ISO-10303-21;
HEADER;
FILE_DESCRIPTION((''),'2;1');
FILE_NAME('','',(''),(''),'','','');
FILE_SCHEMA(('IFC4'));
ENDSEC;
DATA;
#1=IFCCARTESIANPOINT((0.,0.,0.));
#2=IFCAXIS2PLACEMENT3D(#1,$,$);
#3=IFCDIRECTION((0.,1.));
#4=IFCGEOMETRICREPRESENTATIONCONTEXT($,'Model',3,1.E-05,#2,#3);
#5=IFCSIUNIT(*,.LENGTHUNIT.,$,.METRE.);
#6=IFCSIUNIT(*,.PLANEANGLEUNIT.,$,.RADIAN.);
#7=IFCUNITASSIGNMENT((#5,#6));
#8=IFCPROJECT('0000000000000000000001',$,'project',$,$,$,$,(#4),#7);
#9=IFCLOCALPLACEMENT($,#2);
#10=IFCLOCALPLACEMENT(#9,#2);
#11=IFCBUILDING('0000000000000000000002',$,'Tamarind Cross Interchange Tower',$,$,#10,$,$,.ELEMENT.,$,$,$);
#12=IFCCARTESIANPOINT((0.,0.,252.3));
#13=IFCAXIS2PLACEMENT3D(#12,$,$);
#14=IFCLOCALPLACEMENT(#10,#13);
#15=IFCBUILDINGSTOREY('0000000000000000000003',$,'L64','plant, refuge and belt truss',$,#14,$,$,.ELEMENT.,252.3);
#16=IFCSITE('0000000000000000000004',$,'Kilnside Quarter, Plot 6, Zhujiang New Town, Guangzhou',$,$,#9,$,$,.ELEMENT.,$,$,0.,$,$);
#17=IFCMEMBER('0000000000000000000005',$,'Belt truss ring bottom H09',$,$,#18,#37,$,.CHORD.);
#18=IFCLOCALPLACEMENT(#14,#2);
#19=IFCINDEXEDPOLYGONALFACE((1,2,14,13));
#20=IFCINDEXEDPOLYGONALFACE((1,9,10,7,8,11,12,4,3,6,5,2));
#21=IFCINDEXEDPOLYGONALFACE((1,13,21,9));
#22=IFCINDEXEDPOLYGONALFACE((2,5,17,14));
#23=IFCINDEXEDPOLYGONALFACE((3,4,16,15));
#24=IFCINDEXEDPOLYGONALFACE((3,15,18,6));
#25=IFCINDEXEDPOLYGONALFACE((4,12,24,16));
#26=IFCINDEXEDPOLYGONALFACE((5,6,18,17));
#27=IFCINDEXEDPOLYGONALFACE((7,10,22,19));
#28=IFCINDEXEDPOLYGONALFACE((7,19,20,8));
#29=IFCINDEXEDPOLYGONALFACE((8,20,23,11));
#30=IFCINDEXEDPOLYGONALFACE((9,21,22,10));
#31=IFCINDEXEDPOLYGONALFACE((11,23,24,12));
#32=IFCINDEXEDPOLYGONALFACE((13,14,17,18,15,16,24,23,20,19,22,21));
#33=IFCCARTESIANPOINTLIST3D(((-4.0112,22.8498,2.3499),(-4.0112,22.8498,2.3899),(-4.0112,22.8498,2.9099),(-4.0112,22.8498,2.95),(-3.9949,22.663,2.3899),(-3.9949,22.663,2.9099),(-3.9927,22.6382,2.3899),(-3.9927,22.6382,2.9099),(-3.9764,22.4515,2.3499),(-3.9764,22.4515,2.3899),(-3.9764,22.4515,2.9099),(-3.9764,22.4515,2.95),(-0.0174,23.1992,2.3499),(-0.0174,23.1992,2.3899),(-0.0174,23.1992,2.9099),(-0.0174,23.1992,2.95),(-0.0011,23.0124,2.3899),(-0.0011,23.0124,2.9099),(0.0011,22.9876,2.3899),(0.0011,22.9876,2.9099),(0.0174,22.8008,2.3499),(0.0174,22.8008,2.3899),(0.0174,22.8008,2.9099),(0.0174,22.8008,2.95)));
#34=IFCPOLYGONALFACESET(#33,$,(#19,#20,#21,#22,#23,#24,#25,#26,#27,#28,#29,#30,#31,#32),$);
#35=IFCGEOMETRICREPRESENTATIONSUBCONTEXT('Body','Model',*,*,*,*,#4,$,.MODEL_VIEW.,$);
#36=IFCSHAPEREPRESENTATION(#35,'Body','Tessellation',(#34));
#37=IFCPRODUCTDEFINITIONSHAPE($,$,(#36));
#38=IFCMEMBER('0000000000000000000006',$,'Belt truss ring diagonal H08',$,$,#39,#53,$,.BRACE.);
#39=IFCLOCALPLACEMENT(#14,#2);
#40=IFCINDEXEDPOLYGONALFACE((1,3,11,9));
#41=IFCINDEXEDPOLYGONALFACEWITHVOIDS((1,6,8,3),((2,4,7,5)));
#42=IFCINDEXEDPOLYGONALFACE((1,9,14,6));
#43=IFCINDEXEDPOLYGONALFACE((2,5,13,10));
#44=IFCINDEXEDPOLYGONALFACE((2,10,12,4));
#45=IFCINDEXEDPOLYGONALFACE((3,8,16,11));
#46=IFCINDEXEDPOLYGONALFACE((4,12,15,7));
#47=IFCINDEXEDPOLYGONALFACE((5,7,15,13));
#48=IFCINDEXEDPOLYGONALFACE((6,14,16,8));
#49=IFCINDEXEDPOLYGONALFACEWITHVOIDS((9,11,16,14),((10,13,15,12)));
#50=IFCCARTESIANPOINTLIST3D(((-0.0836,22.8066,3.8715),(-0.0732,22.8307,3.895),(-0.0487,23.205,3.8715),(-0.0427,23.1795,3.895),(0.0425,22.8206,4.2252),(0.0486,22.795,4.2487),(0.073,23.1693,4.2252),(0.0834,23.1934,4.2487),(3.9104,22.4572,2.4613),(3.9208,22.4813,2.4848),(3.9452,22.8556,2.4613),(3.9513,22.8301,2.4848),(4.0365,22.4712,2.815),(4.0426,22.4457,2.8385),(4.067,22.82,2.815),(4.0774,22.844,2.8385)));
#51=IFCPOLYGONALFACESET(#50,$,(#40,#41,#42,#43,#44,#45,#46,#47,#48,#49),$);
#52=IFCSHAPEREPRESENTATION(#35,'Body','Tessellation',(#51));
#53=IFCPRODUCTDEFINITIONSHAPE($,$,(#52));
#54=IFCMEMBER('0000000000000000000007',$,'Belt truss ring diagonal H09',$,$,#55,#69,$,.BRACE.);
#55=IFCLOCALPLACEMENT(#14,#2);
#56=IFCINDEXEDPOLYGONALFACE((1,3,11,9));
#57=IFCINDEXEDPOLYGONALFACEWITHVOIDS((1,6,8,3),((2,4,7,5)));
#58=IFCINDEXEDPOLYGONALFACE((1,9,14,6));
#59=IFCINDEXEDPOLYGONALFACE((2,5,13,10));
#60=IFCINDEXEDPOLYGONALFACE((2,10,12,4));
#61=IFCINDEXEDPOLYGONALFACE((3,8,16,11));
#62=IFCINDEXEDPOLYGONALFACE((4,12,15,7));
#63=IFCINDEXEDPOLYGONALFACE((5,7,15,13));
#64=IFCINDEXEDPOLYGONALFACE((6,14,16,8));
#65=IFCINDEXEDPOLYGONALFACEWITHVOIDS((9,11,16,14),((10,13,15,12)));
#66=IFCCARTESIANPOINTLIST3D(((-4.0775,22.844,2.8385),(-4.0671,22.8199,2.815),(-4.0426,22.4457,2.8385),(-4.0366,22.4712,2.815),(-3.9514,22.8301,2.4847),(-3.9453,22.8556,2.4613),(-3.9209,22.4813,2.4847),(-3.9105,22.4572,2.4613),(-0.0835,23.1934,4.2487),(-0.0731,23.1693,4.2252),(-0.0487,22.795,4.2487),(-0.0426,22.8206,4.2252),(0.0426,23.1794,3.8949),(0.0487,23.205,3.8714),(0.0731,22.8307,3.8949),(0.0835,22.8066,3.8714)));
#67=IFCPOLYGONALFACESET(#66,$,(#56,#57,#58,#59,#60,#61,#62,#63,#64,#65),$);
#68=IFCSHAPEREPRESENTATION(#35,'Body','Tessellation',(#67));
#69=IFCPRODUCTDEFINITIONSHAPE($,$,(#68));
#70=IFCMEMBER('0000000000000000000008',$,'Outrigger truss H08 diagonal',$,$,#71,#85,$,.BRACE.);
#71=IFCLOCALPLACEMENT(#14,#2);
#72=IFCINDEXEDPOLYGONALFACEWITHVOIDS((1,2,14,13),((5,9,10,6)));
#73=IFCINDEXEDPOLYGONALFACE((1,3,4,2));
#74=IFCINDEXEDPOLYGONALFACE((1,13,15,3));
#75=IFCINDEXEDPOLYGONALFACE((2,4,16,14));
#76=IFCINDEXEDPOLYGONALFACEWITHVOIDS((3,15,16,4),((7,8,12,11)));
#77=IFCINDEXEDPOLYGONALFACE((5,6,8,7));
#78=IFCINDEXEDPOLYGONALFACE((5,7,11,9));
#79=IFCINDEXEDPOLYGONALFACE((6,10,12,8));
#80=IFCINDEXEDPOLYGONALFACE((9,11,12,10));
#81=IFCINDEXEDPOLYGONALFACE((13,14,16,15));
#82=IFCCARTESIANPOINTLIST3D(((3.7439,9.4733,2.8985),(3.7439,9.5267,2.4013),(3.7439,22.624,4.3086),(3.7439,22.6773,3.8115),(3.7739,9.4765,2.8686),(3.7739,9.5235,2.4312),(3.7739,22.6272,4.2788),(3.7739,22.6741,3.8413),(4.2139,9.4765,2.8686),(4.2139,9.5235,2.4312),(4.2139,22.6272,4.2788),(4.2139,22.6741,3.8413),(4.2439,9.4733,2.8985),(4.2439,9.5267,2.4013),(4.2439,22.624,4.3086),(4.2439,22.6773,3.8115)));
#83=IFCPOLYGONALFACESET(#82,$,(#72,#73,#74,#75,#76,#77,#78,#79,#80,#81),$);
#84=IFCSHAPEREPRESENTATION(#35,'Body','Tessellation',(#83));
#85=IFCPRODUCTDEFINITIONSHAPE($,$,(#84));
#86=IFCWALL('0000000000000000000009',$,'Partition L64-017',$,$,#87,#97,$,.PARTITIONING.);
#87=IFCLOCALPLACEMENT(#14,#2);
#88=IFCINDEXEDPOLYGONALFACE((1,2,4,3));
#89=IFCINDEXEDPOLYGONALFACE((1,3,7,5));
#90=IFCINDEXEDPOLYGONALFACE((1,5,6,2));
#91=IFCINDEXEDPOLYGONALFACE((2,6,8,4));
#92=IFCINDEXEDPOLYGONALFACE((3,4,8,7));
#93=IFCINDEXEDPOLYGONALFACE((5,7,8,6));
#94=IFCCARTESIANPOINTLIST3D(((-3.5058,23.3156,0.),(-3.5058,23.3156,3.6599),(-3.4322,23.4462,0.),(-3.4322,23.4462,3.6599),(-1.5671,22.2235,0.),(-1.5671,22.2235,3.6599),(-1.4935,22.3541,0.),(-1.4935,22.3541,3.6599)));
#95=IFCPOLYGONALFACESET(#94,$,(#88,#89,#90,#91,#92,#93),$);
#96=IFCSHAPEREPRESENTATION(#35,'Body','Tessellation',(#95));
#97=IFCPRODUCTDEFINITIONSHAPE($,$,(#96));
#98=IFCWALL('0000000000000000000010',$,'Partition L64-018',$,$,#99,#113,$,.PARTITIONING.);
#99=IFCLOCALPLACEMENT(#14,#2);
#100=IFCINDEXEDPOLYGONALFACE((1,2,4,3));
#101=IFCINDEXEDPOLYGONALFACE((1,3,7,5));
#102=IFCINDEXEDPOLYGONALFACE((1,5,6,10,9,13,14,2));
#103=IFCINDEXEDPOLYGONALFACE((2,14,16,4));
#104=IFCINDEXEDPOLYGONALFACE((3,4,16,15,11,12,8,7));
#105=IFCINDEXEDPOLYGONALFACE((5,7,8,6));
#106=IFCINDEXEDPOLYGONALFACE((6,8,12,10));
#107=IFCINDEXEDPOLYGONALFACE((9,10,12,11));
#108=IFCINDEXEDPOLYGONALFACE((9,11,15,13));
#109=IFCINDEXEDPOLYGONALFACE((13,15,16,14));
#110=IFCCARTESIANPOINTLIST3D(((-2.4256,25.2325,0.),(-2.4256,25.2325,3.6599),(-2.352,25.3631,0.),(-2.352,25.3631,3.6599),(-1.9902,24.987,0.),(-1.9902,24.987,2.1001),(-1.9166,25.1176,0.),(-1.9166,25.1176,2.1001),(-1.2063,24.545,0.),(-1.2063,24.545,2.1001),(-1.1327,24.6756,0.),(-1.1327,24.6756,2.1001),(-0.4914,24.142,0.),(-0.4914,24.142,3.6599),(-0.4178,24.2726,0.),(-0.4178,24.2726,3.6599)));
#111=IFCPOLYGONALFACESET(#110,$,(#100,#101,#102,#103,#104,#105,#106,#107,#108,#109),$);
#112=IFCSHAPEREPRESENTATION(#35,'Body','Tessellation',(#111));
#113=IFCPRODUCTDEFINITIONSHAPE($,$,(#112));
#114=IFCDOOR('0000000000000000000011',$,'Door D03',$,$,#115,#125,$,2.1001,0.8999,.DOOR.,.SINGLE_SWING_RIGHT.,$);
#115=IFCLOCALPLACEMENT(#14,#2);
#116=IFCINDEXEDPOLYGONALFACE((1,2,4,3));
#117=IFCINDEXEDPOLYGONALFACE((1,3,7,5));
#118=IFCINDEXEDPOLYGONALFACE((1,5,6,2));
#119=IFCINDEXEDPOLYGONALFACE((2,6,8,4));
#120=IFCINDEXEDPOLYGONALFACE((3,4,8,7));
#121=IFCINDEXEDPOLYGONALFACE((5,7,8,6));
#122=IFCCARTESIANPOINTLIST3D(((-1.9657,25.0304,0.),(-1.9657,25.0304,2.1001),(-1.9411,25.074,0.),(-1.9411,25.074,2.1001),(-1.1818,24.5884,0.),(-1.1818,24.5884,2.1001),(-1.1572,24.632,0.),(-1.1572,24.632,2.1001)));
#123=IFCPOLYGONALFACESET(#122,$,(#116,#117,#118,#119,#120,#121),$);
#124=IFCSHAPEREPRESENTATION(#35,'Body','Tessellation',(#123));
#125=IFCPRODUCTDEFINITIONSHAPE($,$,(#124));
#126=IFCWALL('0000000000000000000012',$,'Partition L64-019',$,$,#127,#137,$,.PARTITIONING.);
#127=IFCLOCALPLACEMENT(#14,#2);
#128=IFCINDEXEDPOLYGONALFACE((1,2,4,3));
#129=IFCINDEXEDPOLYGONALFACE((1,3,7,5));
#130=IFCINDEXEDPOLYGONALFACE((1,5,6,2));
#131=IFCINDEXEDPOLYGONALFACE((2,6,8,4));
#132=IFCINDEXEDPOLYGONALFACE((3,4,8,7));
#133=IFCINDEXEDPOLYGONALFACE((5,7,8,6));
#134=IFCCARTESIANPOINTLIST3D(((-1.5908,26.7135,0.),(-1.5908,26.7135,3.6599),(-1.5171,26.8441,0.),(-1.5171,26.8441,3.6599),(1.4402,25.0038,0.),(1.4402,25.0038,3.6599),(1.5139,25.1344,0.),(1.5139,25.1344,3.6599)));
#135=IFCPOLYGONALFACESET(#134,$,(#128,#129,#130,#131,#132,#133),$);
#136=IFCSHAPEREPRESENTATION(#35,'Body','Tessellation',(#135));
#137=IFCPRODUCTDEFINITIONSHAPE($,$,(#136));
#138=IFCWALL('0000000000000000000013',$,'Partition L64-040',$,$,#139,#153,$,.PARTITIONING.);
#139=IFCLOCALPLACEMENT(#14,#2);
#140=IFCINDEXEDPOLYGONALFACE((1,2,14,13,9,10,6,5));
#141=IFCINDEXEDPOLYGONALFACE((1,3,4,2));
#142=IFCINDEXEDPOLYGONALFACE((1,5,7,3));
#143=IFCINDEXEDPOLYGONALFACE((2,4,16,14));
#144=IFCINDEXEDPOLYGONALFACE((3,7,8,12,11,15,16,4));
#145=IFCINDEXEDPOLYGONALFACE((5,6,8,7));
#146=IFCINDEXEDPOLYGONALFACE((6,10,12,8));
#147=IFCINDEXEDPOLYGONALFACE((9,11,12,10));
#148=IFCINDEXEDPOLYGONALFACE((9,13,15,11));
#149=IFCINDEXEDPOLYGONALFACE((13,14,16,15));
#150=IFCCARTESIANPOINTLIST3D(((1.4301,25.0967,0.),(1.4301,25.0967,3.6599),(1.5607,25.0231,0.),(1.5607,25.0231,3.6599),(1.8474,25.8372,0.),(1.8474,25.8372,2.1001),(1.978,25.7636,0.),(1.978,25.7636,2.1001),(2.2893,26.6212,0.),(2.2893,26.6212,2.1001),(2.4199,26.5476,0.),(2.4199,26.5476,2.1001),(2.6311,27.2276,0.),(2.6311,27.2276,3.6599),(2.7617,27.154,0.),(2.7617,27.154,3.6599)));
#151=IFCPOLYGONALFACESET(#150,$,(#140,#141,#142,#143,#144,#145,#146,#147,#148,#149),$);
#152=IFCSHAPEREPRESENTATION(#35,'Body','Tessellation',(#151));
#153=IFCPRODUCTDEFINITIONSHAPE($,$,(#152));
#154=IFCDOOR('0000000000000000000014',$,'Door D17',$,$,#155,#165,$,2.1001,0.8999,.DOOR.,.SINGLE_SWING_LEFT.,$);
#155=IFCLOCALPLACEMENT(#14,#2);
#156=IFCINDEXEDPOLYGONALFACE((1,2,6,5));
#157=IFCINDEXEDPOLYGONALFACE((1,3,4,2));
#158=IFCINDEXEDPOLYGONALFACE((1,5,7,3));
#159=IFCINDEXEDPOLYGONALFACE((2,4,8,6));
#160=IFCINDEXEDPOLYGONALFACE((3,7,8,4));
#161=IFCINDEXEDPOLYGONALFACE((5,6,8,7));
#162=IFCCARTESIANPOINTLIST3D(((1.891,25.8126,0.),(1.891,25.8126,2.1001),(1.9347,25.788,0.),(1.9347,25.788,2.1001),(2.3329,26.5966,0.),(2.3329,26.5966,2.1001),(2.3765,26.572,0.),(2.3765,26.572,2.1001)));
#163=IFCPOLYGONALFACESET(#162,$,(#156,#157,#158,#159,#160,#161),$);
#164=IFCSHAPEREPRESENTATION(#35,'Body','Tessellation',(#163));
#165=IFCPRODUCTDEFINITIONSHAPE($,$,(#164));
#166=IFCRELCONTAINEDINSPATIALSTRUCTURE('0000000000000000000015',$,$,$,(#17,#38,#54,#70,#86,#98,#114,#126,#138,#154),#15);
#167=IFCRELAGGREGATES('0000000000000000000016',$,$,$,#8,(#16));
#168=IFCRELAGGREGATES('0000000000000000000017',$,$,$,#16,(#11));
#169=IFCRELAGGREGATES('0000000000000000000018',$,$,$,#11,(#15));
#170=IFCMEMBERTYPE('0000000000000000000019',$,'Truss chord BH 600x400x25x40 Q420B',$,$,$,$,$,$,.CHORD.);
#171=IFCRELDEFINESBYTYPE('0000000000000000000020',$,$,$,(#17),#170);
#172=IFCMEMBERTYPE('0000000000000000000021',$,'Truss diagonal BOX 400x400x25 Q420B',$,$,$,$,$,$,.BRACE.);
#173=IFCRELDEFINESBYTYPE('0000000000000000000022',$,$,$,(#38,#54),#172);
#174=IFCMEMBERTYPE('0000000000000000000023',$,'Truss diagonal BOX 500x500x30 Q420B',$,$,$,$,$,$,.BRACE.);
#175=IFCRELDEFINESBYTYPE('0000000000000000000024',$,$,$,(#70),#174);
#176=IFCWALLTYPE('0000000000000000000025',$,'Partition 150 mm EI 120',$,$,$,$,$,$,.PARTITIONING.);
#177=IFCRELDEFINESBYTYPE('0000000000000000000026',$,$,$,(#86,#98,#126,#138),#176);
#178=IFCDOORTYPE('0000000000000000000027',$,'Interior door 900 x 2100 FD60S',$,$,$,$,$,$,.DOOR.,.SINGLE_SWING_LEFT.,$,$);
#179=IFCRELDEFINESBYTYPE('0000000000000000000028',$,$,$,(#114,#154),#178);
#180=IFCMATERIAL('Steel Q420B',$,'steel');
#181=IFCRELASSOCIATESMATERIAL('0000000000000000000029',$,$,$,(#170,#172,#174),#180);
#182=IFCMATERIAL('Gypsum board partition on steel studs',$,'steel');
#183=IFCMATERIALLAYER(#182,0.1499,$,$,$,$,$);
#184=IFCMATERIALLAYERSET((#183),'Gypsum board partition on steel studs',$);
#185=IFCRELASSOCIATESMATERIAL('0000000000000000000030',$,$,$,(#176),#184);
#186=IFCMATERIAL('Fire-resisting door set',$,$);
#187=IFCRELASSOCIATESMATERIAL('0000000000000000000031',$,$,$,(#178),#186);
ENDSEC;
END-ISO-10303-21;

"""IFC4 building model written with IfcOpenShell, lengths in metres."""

from ifc_helpers import new_model, si_unit, direction, frame, frame_2d, origin, origin_2d, place, context, subcontext, project, spatial, rectangle, hollow_rectangle, i_section, extrude, material, layer, layer_set, material_profile, profile_set, type_object, element, fill, save


model = new_model("IFC4")

# Units and contexts
model_context = context("Model", 3, precision=1e-05, world=origin(), true_north=direction((0.0, 1.0)))
body_context = subcontext(model_context, "Body", "Model", "MODEL_VIEW")
ifc_project = project(units=[si_unit("LENGTHUNIT", "METRE"), si_unit("PLANEANGLEUNIT", "RADIAN")], contexts=[model_context])

# Site, building, storey
site_placement = place(None, origin())
site = spatial("IfcSite", under=ifc_project, at=site_placement, Name="Kilnside Quarter, Plot 6, Zhujiang New Town, Guangzhou", CompositionType="ELEMENT", RefElevation=0.0)
building_placement = place(site_placement, origin())
building = spatial("IfcBuilding", under=site, at=building_placement, Name="Tamarind Cross Interchange Tower", CompositionType="ELEMENT")
storey_placement = place(building_placement, frame((0.0, 0.0, 252.3)))
storey = spatial("IfcBuildingStorey", under=building, at=storey_placement, Name="L64", Description="plant, refuge and belt truss", CompositionType="ELEMENT", Elevation=252.3)

# Members
ifc_material_1 = material(Name="Steel Q420B", Category="steel")
ifc_material_profile_1 = material_profile(ifc_material_1, i_section(OverallWidth=0.3999, OverallDepth=0.6001, WebThickness=0.0249, FlangeThickness=0.04, at=origin_2d()), Name="BH 600x400x25x40")
ifc_profile_set_1 = profile_set([ifc_material_profile_1], Name="Steel Q420B")
member_type_1 = type_object("IfcMemberType", Name="Truss chord BH 600x400x25x40 Q420B", PredefinedType="CHORD", material=ifc_profile_set_1)
for number, where, z_axis, x_axis, name in (
    (1, (0.0, 23.0, 2.6499), (-0.996196, -0.087142, 0.0), (0.087142, -0.996196, 0.0), "Belt truss ring bottom H09"),
):
    element("IfcMember", number, at=place(storey_placement, frame(where, z_axis=z_axis, x_axis=x_axis)), inside=storey, type_object=member_type_1, Name=name, PredefinedType="CHORD", context=body_context, shape_type="SweptSolid", body=[
        extrude(i_section(OverallWidth=0.3999, OverallDepth=0.6001, WebThickness=0.0249, FlangeThickness=0.04, at=origin_2d()), origin(), (0.0, 0.0, 1.0), 4.009),
    ])
ifc_material_profile_2 = material_profile(ifc_material_1, hollow_rectangle(XDim=0.3999, YDim=0.3999, WallThickness=0.0249, at=origin_2d()), Name="BOX 400x400x25")
ifc_profile_set_2 = profile_set([ifc_material_profile_2], Name="Steel Q420B")
member_type_2 = type_object("IfcMemberType", Name="Truss diagonal BOX 400x400x25 Q420B", PredefinedType="BRACE", material=ifc_profile_set_2)
for number, where, z_axis, x_axis, name in (
    (2, (3.9939, 22.6506, 2.6499), (-0.939758, 0.082205, 0.331808), (-0.087142, -0.996196, 0.0), "Belt truss ring diagonal H08"),
    (3, (0.0, 23.0, 4.0601), (-0.939758, -0.082205, -0.331808), (0.087142, -0.996196, 0.0), "Belt truss ring diagonal H09"),
):
    element("IfcMember", number, at=place(storey_placement, frame(where, z_axis=z_axis, x_axis=x_axis)), inside=storey, type_object=member_type_2, Name=name, PredefinedType="BRACE", context=body_context, shape_type="SweptSolid", body=[
        extrude(hollow_rectangle(XDim=0.3999, YDim=0.3999, WallThickness=0.0249, at=origin_2d()), origin(), (0.0, 0.0, 1.0), 4.25),
    ])
ifc_material_profile_3 = material_profile(ifc_material_1, hollow_rectangle(XDim=0.5, YDim=0.5, WallThickness=0.03, at=origin_2d()), Name="BOX 500x500x30")
ifc_profile_set_3 = profile_set([ifc_material_profile_3], Name="Steel Q420B")
member_type_3 = type_object("IfcMemberType", Name="Truss diagonal BOX 500x500x30 Q420B", PredefinedType="BRACE", material=ifc_profile_set_3)
member_1_placement = place(storey_placement, frame((3.9939, 9.5, 2.6499), z_axis=(0.0, 0.9943, 0.10662), x_axis=(-1.0, 0.0, 0.0)))
element("IfcMember", 4, at=member_1_placement, inside=storey, type_object=member_type_3, Name="Outrigger truss H08 diagonal", PredefinedType="BRACE", context=body_context, shape_type="SweptSolid", body=[
    extrude(hollow_rectangle(XDim=0.5, YDim=0.5, WallThickness=0.03, at=origin_2d()), origin(), (0.0, 0.0, 1.0), 13.2261),
])

# Wall
ifc_material_2 = material(Name="Gypsum board partition on steel studs", Category="steel")
ifc_layer_1 = layer(ifc_material_2, 0.1499)
ifc_layer_set_1 = layer_set([ifc_layer_1], Name="Gypsum board partition on steel studs")
wall_type_1 = type_object("IfcWallType", Name="Partition 150 mm EI 120", PredefinedType="PARTITIONING", material=ifc_layer_set_1)
wall_1_placement = place(storey_placement, frame((-3.469, 23.3809, 0.0), z_axis=(0.0, 0.0, 1.0), x_axis=(0.871285, -0.490777, 0.0)))
element("IfcWall", 5, at=wall_1_placement, inside=storey, type_object=wall_type_1, Name="Partition L64-017", PredefinedType="PARTITIONING", context=body_context, shape_type="SweptSolid", body=[
    extrude(rectangle(XDim=2.2251, YDim=0.1499, at=frame_2d((1.1125, 0.0))), origin(), (0.0, 0.0, 1.0), 3.6599),
])

# Wall, opening, door
wall_2_placement = place(storey_placement, frame((-2.3889, 25.2979, 0.0), z_axis=(0.0, 0.0, 1.0), x_axis=(0.871091, -0.491122, 0.0)))
wall_2 = element("IfcWall", 6, at=wall_2_placement, inside=storey, type_object=wall_type_1, Name="Partition L64-018", PredefinedType="PARTITIONING", context=body_context, shape_type="SweptSolid", body=[
    extrude(rectangle(XDim=2.2205, YDim=0.1499, at=frame_2d((1.1104, 0.0))), origin(), (0.0, 0.0, 1.0), 3.6599),
])
opening_1_placement = place(wall_2_placement, frame((0.5, 0.0, 0.0)))
opening_1 = element("IfcOpeningElement", 7, at=opening_1_placement, cuts=wall_2, PredefinedType="OPENING", context=body_context, shape_type="SweptSolid", body=[
    extrude(rectangle(XDim=0.8999, YDim=2.1001, at=frame_2d((0.45, 1.05))), frame((0.0, 0.085, 0.0), z_axis=(0.0, -1.0, 0.0), x_axis=(1.0, 0.0, 0.0)), (0.0, 0.0, 1.0), 0.1699),
])
ifc_material_3 = material(Name="Fire-resisting door set")
door_type_1 = type_object("IfcDoorType", Name="Interior door 900 x 2100 FD60S", OperationType="SINGLE_SWING_LEFT", PredefinedType="DOOR", material=ifc_material_3)
door_1_placement = place(opening_1_placement, origin())
door_1 = element("IfcDoor", 8, at=door_1_placement, inside=storey, type_object=door_type_1, Name="Door D03", OperationType="SINGLE_SWING_RIGHT", OverallHeight=2.1001, OverallWidth=0.8999, PredefinedType="DOOR", context=body_context, shape_type="SweptSolid", body=[
    extrude(rectangle(XDim=0.8999, YDim=2.1001, at=frame_2d((0.45, 1.05))), frame((0.0, 0.0249, 0.0), z_axis=(0.0, -1.0, 0.0), x_axis=(1.0, 0.0, 0.0)), (0.0, 0.0, 1.0), 0.05),
])
fill(opening_1, door_1)

# Wall
wall_3_placement = place(storey_placement, frame((-1.554, 26.7788, 0.0), z_axis=(0.0, 0.0, 1.0), x_axis=(0.870988, -0.491303, 0.0)))
element("IfcWall", 9, at=wall_3_placement, inside=storey, type_object=wall_type_1, Name="Partition L64-019", PredefinedType="PARTITIONING", context=body_context, shape_type="SweptSolid", body=[
    extrude(rectangle(XDim=3.48, YDim=0.1499, at=frame_2d((1.74, 0.0))), origin(), (0.0, 0.0, 1.0), 3.6599),
])

# Wall, opening, door
wall_4_placement = place(storey_placement, frame((1.4954, 25.0598, 0.0), z_axis=(0.0, 0.0, 1.0), x_axis=(0.490981, 0.87117, 0.0)))
wall_4 = element("IfcWall", 10, at=wall_4_placement, inside=storey, type_object=wall_type_1, Name="Partition L64-040", PredefinedType="PARTITIONING", context=body_context, shape_type="SweptSolid", body=[
    extrude(rectangle(XDim=2.446, YDim=0.1499, at=frame_2d((1.2231, 0.0))), origin(), (0.0, 0.0, 1.0), 3.6599),
])
opening_2_placement = place(wall_4_placement, frame((0.8501, 0.0, 0.0)))
opening_2 = element("IfcOpeningElement", 11, at=opening_2_placement, cuts=wall_4, PredefinedType="OPENING", context=body_context, shape_type="SweptSolid", body=[
    extrude(rectangle(XDim=0.8999, YDim=2.1001, at=frame_2d((0.45, 1.05))), frame((0.0, 0.085, 0.0), z_axis=(0.0, -1.0, 0.0), x_axis=(1.0, 0.0, 0.0)), (0.0, 0.0, 1.0), 0.1699),
])
door_2_placement = place(opening_2_placement, origin())
door_2 = element("IfcDoor", 12, at=door_2_placement, inside=storey, type_object=door_type_1, Name="Door D17", OperationType="SINGLE_SWING_LEFT", OverallHeight=2.1001, OverallWidth=0.8999, PredefinedType="DOOR", context=body_context, shape_type="SweptSolid", body=[
    extrude(rectangle(XDim=0.8999, YDim=2.1001, at=frame_2d((0.45, 1.05))), frame((0.0, 0.0249, 0.0), z_axis=(0.0, -1.0, 0.0), x_axis=(1.0, 0.0, 0.0)), (0.0, 0.0, 1.0), 0.05),
])
fill(opening_2, door_2)

save(model, "model.ifc")
